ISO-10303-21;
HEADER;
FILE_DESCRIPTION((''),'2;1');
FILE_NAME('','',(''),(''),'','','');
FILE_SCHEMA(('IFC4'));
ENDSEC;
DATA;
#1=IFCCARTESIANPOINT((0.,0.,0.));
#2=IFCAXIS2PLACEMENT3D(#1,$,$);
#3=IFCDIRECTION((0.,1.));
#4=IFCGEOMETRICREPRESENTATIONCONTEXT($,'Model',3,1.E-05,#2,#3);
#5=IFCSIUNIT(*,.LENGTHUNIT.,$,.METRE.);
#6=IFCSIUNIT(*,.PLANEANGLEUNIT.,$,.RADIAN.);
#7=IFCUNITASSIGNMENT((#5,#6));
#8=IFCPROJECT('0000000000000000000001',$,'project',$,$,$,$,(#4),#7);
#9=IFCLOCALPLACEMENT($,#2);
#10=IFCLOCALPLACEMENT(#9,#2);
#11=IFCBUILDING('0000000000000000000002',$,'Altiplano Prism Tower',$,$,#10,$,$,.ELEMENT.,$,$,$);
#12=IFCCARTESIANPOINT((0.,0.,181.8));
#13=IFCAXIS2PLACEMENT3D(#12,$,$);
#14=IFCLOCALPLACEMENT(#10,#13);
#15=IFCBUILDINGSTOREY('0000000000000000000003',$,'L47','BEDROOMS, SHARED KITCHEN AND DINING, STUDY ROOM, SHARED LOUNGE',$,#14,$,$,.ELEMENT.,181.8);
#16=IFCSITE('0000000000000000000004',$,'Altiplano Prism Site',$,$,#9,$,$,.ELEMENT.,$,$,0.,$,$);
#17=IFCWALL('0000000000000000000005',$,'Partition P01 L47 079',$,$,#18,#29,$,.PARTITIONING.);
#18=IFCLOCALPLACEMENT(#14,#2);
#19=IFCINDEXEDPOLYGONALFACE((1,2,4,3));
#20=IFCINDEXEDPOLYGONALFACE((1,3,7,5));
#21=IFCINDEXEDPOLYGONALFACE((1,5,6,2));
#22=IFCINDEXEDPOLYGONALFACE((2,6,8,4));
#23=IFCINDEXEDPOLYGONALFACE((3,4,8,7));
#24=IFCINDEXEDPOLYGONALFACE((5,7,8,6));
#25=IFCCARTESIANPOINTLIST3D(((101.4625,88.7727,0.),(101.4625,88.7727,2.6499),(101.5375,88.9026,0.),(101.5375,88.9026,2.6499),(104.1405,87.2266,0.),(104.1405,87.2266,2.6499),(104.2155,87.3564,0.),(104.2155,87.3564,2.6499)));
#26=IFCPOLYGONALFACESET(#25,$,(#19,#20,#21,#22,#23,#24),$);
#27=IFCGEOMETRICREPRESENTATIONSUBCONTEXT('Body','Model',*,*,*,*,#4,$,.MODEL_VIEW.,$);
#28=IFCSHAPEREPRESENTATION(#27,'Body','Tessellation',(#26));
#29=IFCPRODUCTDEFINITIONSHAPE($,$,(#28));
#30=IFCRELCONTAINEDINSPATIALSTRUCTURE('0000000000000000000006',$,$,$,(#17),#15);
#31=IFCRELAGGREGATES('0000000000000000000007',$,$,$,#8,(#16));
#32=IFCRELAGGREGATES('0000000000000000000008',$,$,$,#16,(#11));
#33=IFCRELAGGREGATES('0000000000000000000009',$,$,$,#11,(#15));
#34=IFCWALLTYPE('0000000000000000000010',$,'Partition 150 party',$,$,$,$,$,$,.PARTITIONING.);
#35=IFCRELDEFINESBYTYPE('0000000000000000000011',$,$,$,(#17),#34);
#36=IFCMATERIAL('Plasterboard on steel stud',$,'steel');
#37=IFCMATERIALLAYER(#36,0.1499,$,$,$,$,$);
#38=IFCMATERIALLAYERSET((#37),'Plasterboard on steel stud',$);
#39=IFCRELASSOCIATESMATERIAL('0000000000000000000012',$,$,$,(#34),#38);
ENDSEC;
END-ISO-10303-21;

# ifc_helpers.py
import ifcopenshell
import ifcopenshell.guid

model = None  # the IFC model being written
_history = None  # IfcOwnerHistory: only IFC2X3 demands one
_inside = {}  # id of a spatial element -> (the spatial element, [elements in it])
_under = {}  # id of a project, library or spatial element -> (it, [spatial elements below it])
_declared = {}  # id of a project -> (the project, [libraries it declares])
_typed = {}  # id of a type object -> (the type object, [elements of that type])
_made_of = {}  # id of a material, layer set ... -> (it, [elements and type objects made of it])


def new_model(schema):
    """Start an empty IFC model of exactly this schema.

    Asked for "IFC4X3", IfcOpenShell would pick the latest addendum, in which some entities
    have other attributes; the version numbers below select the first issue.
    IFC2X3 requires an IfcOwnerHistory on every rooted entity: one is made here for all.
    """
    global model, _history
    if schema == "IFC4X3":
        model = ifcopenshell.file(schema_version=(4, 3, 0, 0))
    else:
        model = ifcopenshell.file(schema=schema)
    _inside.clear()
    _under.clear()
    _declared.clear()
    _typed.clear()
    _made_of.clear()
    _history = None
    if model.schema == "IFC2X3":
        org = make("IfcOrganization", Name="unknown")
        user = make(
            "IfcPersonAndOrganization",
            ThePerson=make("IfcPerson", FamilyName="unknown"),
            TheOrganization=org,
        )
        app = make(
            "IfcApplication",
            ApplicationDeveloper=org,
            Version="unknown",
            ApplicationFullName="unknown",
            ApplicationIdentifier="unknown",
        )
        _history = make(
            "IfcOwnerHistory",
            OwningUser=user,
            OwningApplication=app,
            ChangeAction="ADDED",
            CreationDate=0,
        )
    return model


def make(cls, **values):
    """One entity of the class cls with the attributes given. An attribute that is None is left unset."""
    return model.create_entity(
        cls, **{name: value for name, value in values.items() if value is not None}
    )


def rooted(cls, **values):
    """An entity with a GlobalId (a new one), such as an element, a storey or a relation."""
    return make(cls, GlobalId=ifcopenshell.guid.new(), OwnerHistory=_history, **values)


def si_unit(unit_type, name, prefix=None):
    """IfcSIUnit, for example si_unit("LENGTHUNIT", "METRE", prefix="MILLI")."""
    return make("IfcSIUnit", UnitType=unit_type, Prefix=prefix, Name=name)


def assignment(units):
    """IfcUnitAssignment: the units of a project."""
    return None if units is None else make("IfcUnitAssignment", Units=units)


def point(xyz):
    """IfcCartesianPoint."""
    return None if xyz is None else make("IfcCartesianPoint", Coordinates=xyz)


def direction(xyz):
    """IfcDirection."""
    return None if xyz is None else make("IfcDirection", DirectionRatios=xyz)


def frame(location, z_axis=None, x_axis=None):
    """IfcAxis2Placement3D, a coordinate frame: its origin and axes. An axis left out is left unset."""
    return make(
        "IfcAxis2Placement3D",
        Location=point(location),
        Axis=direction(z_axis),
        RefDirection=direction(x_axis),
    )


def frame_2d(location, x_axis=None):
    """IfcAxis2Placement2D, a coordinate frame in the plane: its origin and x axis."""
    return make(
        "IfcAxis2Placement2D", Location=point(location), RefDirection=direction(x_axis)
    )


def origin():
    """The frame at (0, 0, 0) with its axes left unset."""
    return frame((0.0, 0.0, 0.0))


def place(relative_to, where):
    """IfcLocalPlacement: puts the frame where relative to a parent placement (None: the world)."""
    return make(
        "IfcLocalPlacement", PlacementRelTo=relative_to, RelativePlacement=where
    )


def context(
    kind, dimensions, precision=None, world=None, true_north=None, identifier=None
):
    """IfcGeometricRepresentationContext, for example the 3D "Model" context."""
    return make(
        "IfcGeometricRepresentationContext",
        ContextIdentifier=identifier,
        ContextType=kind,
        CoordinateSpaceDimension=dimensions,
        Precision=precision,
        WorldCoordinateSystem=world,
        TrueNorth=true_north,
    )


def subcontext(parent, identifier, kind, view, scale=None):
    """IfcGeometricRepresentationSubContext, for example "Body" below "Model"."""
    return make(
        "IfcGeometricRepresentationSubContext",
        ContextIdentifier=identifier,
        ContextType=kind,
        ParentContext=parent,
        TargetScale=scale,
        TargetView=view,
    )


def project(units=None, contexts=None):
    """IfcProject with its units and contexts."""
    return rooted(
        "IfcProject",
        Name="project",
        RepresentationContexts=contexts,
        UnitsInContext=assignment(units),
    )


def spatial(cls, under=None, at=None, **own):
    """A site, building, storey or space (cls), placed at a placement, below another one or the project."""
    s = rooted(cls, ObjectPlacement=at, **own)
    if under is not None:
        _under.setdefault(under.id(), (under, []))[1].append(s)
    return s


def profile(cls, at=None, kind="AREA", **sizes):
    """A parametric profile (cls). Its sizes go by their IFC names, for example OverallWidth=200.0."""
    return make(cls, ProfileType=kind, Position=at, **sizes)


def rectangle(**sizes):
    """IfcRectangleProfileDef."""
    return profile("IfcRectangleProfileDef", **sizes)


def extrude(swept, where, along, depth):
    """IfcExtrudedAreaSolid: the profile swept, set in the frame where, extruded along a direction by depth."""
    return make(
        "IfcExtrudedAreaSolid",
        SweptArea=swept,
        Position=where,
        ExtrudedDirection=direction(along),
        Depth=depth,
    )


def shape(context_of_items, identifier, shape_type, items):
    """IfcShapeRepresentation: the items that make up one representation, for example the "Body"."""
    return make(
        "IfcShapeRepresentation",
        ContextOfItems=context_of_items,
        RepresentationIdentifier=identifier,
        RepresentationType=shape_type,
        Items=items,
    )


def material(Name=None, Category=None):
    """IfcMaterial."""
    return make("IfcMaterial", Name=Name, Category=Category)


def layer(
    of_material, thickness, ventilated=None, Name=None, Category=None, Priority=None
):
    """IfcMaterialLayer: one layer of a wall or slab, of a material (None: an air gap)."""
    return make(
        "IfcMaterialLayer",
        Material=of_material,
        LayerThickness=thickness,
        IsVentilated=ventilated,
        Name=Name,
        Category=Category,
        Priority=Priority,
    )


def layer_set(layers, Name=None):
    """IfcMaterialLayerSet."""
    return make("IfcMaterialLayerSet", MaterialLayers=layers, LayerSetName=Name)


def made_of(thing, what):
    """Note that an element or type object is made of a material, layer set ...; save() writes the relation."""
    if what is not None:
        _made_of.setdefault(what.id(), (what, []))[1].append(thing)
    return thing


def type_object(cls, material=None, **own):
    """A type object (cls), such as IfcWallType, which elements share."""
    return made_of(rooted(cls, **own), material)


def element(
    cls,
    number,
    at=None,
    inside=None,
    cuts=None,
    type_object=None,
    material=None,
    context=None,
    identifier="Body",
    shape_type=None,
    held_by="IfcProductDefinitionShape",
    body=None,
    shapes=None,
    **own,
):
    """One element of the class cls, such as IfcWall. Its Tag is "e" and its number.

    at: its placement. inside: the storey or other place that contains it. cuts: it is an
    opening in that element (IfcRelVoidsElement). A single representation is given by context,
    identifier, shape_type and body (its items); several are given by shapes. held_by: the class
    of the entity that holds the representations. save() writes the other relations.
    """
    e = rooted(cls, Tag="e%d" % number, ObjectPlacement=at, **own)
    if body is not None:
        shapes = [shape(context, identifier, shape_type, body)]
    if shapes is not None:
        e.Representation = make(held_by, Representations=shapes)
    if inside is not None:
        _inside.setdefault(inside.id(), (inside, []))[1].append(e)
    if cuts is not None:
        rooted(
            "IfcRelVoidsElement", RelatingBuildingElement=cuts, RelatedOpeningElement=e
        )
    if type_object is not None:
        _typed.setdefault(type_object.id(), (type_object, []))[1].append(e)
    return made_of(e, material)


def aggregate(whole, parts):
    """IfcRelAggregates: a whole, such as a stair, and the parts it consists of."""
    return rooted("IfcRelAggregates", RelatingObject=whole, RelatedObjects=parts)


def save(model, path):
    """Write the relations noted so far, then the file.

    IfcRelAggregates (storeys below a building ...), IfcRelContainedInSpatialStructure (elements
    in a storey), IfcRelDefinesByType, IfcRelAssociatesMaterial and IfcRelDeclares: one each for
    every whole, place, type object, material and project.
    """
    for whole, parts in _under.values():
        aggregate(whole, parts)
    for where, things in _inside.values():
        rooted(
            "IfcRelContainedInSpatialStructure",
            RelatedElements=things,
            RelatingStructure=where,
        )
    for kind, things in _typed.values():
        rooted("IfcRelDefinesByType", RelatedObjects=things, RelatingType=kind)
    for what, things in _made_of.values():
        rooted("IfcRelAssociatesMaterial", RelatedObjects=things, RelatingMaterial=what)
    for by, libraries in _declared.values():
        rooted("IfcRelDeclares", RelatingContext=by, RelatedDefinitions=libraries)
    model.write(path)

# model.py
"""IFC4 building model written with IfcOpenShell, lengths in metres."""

from ifc_helpers import new_model, si_unit, direction, frame, frame_2d, origin, place, context, subcontext, project, spatial, rectangle, extrude, material, layer, layer_set, type_object, element, save


model = new_model("IFC4")

# Units and contexts
model_context = context("Model", 3, precision=1e-05, world=origin(), true_north=direction((0.0, 1.0)))
body_context = subcontext(model_context, "Body", "Model", "MODEL_VIEW")
ifc_project = project(units=[si_unit("LENGTHUNIT", "METRE"), si_unit("PLANEANGLEUNIT", "RADIAN")], contexts=[model_context])

# Site, building, storey
site_placement = place(None, origin())
site = spatial("IfcSite", under=ifc_project, at=site_placement, Name="Altiplano Prism Site", CompositionType="ELEMENT", RefElevation=0.0)
building_placement = place(site_placement, origin())
building = spatial("IfcBuilding", under=site, at=building_placement, Name="Altiplano Prism Tower", CompositionType="ELEMENT")
storey_placement = place(building_placement, frame((0.0, 0.0, 181.8)))
storey = spatial("IfcBuildingStorey", under=building, at=storey_placement, Name="L47", Description="BEDROOMS, SHARED KITCHEN AND DINING, STUDY ROOM, SHARED LOUNGE", CompositionType="ELEMENT", Elevation=181.8)

# Shared definitions
ifc_material_1 = material(Name="Plasterboard on steel stud", Category="steel")

# Wall
ifc_layer_1 = layer(ifc_material_1, 0.1499)
ifc_layer_set_1 = layer_set([ifc_layer_1], Name="Plasterboard on steel stud")
wall_type_1 = type_object("IfcWallType", Name="Partition 150 party", PredefinedType="PARTITIONING", material=ifc_layer_set_1)
wall_1_placement = place(storey_placement, frame((104.178, 87.2915, 0.0), z_axis=(0.0, 0.0, 1.0), x_axis=(-0.866024, 0.500003, 0.0)))
element("IfcWall", 1, at=wall_1_placement, inside=storey, type_object=wall_type_1, Name="Partition P01 L47 079", PredefinedType="PARTITIONING", context=body_context, shape_type="SweptSolid", body=[
    extrude(rectangle(XDim=3.0923, YDim=0.1499, at=frame_2d((1.5461, 0.0))), origin(), (0.0, 0.0, 1.0), 2.6499),
])

save(model, "model.ifc")
